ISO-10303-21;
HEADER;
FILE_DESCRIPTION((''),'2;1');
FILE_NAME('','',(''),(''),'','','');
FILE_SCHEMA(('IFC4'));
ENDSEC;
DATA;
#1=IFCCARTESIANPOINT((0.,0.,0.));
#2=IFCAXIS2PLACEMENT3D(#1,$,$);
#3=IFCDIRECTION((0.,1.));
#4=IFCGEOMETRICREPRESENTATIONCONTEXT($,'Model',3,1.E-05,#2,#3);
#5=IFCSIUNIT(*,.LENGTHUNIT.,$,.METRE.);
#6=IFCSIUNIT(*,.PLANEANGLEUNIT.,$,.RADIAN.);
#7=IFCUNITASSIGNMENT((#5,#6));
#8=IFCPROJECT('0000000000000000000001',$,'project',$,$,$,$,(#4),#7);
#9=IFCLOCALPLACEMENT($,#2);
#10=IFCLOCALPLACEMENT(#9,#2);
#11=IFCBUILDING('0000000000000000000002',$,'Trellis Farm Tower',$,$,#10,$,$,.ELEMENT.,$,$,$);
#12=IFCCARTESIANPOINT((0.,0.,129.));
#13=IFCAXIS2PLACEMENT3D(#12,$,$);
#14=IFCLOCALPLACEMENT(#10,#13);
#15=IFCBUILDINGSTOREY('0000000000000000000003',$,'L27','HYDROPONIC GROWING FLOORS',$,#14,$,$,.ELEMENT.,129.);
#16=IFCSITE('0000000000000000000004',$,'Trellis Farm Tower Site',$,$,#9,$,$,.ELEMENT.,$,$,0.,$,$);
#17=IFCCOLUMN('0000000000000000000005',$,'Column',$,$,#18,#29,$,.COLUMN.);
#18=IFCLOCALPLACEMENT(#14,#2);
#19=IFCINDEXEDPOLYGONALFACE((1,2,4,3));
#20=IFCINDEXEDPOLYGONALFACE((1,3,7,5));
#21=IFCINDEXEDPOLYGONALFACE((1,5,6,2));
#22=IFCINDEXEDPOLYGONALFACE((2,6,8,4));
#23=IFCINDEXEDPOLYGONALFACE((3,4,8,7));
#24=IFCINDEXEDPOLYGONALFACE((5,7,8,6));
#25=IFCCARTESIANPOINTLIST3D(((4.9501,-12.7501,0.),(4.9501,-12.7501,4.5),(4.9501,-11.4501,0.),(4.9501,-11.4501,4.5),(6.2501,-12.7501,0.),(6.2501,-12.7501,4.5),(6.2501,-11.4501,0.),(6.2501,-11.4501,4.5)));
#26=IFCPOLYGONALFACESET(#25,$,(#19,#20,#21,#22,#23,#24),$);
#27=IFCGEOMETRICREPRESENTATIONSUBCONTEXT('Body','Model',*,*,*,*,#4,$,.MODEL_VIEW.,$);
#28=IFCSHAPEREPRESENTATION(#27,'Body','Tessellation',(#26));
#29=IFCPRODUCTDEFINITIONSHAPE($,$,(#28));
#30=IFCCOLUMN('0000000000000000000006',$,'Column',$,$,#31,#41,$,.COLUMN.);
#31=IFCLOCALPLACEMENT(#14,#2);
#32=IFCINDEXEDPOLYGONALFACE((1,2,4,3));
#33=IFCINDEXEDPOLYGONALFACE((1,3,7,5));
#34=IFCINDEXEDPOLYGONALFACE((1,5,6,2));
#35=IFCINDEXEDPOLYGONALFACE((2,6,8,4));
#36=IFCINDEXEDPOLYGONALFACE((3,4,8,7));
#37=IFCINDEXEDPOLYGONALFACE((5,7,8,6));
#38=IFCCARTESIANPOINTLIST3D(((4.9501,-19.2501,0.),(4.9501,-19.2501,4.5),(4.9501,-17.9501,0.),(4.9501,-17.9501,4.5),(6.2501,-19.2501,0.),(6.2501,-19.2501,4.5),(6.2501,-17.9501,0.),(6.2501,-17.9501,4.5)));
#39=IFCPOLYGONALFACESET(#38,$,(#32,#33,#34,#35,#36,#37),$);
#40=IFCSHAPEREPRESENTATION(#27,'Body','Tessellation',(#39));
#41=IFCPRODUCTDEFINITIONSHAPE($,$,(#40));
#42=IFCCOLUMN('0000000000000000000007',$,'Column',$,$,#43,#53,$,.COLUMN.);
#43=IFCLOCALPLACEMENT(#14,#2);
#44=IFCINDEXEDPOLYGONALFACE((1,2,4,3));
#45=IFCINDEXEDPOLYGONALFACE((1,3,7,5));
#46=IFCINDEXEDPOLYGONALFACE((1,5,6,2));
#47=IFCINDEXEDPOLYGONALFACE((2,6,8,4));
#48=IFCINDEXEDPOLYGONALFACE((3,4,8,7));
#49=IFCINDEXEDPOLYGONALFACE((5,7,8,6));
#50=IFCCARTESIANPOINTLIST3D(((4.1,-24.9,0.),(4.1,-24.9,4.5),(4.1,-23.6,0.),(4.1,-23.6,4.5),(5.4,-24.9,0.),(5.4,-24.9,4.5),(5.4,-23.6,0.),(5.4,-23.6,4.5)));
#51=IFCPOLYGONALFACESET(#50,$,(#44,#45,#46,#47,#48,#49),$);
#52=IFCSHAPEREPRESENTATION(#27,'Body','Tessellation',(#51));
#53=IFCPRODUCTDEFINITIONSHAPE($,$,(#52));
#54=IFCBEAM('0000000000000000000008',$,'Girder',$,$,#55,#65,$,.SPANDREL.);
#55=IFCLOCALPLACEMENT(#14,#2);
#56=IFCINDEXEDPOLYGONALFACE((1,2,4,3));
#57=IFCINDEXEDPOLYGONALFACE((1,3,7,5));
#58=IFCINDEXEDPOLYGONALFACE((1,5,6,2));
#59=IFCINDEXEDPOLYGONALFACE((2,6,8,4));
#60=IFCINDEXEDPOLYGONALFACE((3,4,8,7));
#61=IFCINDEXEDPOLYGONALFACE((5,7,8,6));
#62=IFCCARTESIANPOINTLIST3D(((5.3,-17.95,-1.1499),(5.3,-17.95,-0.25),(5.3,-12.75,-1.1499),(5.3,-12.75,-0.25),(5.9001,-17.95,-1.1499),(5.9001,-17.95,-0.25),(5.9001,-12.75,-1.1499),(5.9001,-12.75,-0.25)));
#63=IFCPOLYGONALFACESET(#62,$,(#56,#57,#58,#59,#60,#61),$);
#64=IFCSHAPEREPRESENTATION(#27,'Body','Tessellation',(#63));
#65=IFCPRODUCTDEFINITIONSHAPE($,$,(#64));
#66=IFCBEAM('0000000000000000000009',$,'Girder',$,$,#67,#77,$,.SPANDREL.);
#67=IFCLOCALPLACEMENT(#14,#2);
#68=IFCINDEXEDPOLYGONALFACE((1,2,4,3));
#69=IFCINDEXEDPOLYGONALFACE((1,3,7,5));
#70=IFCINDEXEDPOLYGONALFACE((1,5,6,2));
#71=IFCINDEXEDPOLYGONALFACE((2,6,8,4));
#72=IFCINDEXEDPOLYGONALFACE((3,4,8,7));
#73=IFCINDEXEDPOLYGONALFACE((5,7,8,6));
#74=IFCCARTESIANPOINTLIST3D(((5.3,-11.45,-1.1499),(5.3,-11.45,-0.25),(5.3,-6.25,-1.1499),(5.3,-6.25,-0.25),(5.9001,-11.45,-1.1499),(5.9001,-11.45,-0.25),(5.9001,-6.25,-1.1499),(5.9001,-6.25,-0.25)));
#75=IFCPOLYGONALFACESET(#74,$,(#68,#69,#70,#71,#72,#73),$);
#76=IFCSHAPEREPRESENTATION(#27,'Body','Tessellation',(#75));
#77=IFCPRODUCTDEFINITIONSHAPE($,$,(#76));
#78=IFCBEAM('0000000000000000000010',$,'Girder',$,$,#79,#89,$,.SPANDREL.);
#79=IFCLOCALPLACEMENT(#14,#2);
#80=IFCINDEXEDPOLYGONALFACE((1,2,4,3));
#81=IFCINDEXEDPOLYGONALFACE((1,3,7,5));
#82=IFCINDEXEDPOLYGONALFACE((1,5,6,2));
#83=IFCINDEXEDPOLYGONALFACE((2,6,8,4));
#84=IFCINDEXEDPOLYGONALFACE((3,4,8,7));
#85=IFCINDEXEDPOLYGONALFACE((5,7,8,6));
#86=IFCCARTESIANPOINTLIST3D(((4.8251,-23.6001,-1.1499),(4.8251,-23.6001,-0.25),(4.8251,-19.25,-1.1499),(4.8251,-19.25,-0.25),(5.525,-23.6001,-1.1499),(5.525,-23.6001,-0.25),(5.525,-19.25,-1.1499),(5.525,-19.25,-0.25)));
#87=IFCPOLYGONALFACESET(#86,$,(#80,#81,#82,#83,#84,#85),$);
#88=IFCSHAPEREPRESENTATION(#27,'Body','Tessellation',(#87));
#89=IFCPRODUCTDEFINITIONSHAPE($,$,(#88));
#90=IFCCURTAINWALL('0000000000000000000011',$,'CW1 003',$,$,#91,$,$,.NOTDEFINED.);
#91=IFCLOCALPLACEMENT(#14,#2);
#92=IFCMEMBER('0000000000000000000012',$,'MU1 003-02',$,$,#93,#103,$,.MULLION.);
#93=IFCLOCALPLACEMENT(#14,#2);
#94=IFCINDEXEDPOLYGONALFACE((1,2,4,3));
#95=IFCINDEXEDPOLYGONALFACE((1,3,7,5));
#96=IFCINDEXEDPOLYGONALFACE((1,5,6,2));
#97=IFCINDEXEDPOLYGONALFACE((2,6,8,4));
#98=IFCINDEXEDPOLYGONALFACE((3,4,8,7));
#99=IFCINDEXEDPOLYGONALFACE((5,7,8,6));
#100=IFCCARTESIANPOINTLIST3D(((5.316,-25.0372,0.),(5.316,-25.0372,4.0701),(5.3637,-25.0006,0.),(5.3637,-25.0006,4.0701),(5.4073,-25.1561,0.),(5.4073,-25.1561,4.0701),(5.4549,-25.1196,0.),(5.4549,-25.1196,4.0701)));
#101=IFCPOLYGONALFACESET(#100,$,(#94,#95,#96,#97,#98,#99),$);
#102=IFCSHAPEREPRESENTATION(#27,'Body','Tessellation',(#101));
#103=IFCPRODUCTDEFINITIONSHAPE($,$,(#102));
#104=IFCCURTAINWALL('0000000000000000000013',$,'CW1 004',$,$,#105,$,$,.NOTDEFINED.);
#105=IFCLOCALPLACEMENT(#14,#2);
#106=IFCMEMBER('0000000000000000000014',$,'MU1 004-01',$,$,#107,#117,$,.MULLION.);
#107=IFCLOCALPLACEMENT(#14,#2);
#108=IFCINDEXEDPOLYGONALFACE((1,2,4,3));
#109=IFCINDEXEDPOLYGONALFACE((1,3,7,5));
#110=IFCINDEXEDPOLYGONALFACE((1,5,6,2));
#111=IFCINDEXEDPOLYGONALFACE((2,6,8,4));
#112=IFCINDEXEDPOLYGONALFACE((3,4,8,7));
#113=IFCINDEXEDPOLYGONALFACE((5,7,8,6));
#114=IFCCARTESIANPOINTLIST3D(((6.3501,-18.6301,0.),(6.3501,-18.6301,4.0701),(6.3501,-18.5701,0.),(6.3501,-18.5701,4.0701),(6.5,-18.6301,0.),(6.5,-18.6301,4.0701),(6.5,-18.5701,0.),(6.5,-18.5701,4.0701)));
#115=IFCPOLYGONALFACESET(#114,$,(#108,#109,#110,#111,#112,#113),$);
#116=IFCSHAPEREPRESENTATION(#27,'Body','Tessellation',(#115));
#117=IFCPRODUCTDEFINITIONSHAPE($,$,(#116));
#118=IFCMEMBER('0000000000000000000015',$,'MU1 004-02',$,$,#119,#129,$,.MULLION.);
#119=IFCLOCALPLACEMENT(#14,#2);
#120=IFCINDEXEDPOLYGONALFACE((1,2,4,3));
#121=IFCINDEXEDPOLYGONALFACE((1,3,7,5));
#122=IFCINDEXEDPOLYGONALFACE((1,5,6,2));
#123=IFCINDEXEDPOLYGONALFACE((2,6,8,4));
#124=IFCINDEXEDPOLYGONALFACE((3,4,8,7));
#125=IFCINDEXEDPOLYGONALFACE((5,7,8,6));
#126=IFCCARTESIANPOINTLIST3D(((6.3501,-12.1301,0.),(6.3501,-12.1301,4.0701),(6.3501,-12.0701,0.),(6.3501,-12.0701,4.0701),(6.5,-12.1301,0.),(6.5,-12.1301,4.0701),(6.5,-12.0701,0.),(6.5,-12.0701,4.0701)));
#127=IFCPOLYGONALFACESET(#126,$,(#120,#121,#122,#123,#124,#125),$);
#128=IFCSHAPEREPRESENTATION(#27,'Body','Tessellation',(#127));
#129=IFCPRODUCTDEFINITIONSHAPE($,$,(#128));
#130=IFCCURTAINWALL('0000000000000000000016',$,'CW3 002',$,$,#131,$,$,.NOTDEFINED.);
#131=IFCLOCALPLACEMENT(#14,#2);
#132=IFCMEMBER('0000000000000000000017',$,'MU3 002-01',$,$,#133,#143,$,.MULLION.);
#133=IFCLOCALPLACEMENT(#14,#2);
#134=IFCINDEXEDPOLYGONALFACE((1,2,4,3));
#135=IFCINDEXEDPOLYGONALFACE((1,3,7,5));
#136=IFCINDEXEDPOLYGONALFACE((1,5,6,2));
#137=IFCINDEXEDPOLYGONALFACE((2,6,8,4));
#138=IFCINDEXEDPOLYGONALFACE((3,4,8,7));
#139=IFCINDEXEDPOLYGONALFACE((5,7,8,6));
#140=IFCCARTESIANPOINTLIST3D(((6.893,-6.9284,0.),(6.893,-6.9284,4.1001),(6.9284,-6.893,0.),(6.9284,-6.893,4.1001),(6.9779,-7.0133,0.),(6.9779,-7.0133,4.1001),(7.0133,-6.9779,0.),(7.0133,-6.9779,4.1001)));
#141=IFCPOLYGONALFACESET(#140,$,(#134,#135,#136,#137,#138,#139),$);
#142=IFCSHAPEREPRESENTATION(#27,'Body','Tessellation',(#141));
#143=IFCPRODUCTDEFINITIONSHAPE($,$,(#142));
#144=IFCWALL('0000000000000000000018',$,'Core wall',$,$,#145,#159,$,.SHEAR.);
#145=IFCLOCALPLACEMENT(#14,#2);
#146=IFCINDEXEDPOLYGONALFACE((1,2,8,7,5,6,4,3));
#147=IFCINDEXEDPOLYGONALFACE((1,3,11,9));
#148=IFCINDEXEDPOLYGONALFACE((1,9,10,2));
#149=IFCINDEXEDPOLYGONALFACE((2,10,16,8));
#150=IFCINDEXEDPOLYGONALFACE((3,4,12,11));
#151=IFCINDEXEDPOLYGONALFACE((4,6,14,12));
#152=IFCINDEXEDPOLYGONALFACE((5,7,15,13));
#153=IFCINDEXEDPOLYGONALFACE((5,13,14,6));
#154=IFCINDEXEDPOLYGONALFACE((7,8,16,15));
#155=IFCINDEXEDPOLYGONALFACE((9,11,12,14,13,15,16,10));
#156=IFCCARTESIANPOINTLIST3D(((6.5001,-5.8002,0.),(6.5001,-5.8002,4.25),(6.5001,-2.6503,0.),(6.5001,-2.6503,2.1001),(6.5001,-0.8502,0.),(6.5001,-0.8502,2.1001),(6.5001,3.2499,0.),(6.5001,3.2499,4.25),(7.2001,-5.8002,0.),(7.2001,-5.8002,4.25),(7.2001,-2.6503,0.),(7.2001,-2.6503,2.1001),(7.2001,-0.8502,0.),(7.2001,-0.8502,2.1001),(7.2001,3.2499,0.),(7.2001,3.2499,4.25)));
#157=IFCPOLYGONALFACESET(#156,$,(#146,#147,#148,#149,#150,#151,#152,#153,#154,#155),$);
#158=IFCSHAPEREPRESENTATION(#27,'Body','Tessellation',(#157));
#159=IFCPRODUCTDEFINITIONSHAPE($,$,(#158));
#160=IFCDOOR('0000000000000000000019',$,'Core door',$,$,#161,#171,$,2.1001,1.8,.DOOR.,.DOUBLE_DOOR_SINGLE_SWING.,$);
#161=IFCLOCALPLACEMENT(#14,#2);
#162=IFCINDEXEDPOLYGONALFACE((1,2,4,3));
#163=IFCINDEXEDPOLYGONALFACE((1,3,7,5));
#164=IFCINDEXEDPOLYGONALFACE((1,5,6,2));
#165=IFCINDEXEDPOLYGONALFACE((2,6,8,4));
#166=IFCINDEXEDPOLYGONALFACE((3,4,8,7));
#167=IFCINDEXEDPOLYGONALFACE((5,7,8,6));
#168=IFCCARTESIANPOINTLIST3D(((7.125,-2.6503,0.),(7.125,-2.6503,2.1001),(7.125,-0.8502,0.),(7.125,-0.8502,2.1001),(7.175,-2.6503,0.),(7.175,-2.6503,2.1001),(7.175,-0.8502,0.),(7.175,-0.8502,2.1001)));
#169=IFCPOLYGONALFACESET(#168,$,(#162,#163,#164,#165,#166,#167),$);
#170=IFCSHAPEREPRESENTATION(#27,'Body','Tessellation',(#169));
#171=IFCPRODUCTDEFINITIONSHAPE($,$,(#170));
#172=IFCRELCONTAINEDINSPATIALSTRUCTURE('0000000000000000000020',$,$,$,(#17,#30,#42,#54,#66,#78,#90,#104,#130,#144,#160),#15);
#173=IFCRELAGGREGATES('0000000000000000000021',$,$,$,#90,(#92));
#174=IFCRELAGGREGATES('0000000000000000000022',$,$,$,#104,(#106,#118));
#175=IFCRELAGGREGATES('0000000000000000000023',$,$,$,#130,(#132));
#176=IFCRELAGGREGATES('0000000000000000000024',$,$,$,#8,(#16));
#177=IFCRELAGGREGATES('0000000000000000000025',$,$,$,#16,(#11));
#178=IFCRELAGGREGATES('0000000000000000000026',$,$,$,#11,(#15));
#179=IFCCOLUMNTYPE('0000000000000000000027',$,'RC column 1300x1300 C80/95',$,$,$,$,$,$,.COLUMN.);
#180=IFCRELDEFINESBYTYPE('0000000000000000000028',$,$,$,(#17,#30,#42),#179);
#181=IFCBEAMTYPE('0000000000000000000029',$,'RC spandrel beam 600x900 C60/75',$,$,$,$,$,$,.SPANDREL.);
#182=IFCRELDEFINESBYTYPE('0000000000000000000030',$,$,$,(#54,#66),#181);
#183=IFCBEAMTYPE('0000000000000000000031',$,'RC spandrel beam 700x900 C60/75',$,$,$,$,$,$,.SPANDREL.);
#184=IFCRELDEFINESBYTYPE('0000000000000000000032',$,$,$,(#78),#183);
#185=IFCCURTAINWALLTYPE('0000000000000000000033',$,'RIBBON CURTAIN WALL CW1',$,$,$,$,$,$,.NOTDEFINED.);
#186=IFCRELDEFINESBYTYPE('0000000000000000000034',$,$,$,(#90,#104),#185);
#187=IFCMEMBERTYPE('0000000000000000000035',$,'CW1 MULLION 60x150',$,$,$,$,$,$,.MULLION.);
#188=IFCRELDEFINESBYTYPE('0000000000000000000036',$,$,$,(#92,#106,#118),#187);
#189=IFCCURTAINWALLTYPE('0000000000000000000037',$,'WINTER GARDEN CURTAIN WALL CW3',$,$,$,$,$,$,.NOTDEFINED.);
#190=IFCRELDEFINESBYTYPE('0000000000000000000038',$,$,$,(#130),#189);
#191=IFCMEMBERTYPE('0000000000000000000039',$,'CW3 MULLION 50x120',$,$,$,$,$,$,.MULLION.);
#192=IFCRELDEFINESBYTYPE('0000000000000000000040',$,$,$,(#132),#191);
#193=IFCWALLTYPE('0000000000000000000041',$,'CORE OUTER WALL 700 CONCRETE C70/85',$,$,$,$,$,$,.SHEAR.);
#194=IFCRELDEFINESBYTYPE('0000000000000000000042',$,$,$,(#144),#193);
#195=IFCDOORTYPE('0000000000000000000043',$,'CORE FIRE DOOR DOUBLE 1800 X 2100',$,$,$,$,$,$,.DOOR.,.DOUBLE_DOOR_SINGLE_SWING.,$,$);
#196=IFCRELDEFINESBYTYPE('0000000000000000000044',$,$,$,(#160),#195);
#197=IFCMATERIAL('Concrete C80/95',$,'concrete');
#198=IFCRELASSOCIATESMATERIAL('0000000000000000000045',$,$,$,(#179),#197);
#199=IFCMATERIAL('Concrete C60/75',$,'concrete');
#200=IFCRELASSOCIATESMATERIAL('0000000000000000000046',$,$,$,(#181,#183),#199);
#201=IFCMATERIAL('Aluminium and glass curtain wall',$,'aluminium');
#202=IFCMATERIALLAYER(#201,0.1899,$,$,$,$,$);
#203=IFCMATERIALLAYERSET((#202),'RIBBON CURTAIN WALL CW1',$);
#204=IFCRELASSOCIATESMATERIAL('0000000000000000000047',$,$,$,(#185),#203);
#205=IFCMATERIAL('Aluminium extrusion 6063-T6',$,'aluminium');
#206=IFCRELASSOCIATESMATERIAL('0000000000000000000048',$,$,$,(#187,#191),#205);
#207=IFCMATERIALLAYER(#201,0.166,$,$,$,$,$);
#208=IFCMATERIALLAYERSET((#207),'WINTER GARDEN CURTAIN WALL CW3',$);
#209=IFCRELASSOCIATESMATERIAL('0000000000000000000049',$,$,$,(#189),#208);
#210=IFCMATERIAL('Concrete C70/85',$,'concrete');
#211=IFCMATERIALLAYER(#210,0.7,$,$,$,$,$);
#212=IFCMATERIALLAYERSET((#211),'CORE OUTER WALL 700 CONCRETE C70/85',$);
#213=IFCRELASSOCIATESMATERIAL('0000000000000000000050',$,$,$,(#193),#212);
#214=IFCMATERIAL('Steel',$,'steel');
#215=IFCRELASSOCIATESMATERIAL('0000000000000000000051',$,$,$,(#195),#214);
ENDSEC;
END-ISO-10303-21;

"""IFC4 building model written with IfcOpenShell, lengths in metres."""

from ifc_helpers import new_model, si_unit, direction, frame, frame_2d, origin, origin_2d, place, context, subcontext, project, spatial, rectangle, extrude, source, transform, mapped, material, layer, layer_set, material_profile, profile_set, type_object, element, fill, aggregate, save


model = new_model("IFC4")

# Units and contexts
model_context = context("Model", 3, precision=1e-05, world=origin(), true_north=direction((0.0, 1.0)))
body_context = subcontext(model_context, "Body", "Model", "MODEL_VIEW")
ifc_project = project(units=[si_unit("LENGTHUNIT", "METRE"), si_unit("PLANEANGLEUNIT", "RADIAN")], contexts=[model_context])

# Site, building, storey
site_placement = place(None, origin())
site = spatial("IfcSite", under=ifc_project, at=site_placement, Name="Trellis Farm Tower Site", CompositionType="ELEMENT", RefElevation=0.0)
building_placement = place(site_placement, origin())
building = spatial("IfcBuilding", under=site, at=building_placement, Name="Trellis Farm Tower", CompositionType="ELEMENT")
storey_placement = place(building_placement, frame((0.0, 0.0, 129.0)))
storey = spatial("IfcBuildingStorey", under=building, at=storey_placement, Name="L27", Description="HYDROPONIC GROWING FLOORS", CompositionType="ELEMENT", Elevation=129.0)

# Columns
ifc_material_1 = material(Name="Concrete C80/95", Category="concrete")
ifc_material_profile_1 = material_profile(ifc_material_1, rectangle(XDim=1.3, YDim=1.3, at=origin_2d()), Name="RC column 1300x1300 C80/95")
ifc_profile_set_1 = profile_set([ifc_material_profile_1], Name="Concrete C80/95")
column_type = type_object("IfcColumnType", Name="RC column 1300x1300 C80/95", PredefinedType="COLUMN", material=ifc_profile_set_1)
shared_shape_1 = source(origin(), body_context, "Body", "SweptSolid", [
    extrude(rectangle(XDim=1.3, YDim=1.3, at=origin_2d()), origin(), (0.0, 0.0, 1.0), 4.5),
])
for number, where, z_axis, x_axis, name in (
    (1, (5.6001, -12.1001, 0.0), (0.0, 0.0, 1.0), (1.0, 0.0, 0.0), "Column"),
    (2, (5.6001, -18.6001, 0.0), (0.0, 0.0, 1.0), (1.0, 0.0, 0.0), "Column"),
    (3, (4.75, -24.25, 0.0), (0.0, 0.0, 1.0), (1.0, 0.0, 0.0), "Column"),
):
    element("IfcColumn", number, at=place(storey_placement, frame(where, z_axis=z_axis, x_axis=x_axis)), inside=storey, type_object=column_type, Name=name, PredefinedType="COLUMN", context=body_context, shape_type="MappedRepresentation", body=[
        mapped(shared_shape_1, transform((0.0, 0.0, 0.0))),
    ])

# Beams
ifc_material_2 = material(Name="Concrete C60/75", Category="concrete")
ifc_material_profile_2 = material_profile(ifc_material_2, rectangle(XDim=0.6001, YDim=0.8999, at=origin_2d()), Name="RC spandrel beam 600x900 C60/75")
ifc_profile_set_2 = profile_set([ifc_material_profile_2], Name="Concrete C60/75")
beam_type_1 = type_object("IfcBeamType", Name="RC spandrel beam 600x900 C60/75", PredefinedType="SPANDREL", material=ifc_profile_set_2)
shared_shape_2 = source(origin(), body_context, "Body", "SweptSolid", [
    extrude(rectangle(XDim=0.6001, YDim=0.8999, at=origin_2d()), origin(), (0.0, 0.0, 1.0), 5.2),
])
for number, where, z_axis, x_axis, name in (
    (4, (5.6001, -17.95, -0.7), (0.0, 1.0, 0.0), (-1.0, 0.0, 0.0), "Girder"),
    (5, (5.6001, -11.45, -0.7), (0.0, 1.0, 0.0), (-1.0, 0.0, 0.0), "Girder"),
):
    element("IfcBeam", number, at=place(storey_placement, frame(where, z_axis=z_axis, x_axis=x_axis)), inside=storey, type_object=beam_type_1, Name=name, PredefinedType="SPANDREL", context=body_context, shape_type="MappedRepresentation", body=[
        mapped(shared_shape_2, transform((0.0, 0.0, 0.0))),
    ])
ifc_material_profile_3 = material_profile(ifc_material_2, rectangle(XDim=0.7, YDim=0.8999, at=origin_2d()), Name="RC spandrel beam 700x900 C60/75")
ifc_profile_set_3 = profile_set([ifc_material_profile_3], Name="Concrete C60/75")
beam_type_2 = type_object("IfcBeamType", Name="RC spandrel beam 700x900 C60/75", PredefinedType="SPANDREL", material=ifc_profile_set_3)
shared_shape_3 = source(origin(), body_context, "Body", "SweptSolid", [
    extrude(rectangle(XDim=0.7, YDim=0.8999, at=origin_2d()), origin(), (0.0, 0.0, 1.0), 4.3501),
])
beam_placement = place(storey_placement, frame((5.175, -23.6001, -0.7), z_axis=(0.0, 1.0, 0.0), x_axis=(-1.0, 0.0, 0.0)))
element("IfcBeam", 6, at=beam_placement, inside=storey, type_object=beam_type_2, Name="Girder", PredefinedType="SPANDREL", context=body_context, shape_type="MappedRepresentation", body=[
    mapped(shared_shape_3, transform((0.0, 0.0, 0.0))),
])

# Curtain wall, member
ifc_material_3 = material(Name="Aluminium and glass curtain wall", Category="aluminium")
ifc_layer_1 = layer(ifc_material_3, 0.1899)
ifc_layer_set_1 = layer_set([ifc_layer_1], Name="RIBBON CURTAIN WALL CW1")
curtain_wall_type_1 = type_object("IfcCurtainWallType", Name="RIBBON CURTAIN WALL CW1", PredefinedType="NOTDEFINED", material=ifc_layer_set_1)
placement = place(storey_placement, origin())
curtain_wall_1 = element("IfcCurtainWall", 7, at=placement, inside=storey, type_object=curtain_wall_type_1, Name="CW1 003", PredefinedType="NOTDEFINED")
ifc_material_4 = material(Name="Aluminium extrusion 6063-T6", Category="aluminium")
ifc_material_profile_4 = material_profile(ifc_material_4, rectangle(XDim=0.0601, YDim=0.1499, at=origin_2d()), Name="MULLION 60x150")
ifc_profile_set_4 = profile_set([ifc_material_profile_4], Name="Aluminium extrusion 6063-T6")
member_type_1 = type_object("IfcMemberType", Name="CW1 MULLION 60x150", PredefinedType="MULLION", material=ifc_profile_set_4)
shared_shape_4 = source(origin(), body_context, "Body", "SweptSolid", [
    extrude(rectangle(XDim=0.0601, YDim=0.1499, at=origin_2d()), origin(), (0.0, 0.0, 1.0), 4.0701),
])
member_1_placement = place(storey_placement, frame((5.3855, -25.0784, 0.0), z_axis=(0.0, 0.0, 1.0), x_axis=(0.793353, 0.608761, 0.0)))
member_1 = element("IfcMember", 8, at=member_1_placement, type_object=member_type_1, Name="MU1 003-02", PredefinedType="MULLION", context=body_context, shape_type="MappedRepresentation", body=[
    mapped(shared_shape_4, transform((0.0, 0.0, 0.0))),
])
aggregate(curtain_wall_1, [member_1])

# Curtain wall, members
curtain_wall_2 = element("IfcCurtainWall", 9, at=placement, inside=storey, type_object=curtain_wall_type_1, Name="CW1 004", PredefinedType="NOTDEFINED")
member_2_placement = place(storey_placement, frame((6.425, -18.6001, 0.0), z_axis=(0.0, 0.0, 1.0), x_axis=(0.0, 1.0, 0.0)))
member_2 = element("IfcMember", 10, at=member_2_placement, type_object=member_type_1, Name="MU1 004-01", PredefinedType="MULLION", context=body_context, shape_type="MappedRepresentation", body=[
    mapped(shared_shape_4, transform((0.0, 0.0, 0.0))),
])
member_3_placement = place(storey_placement, frame((6.425, -12.1001, 0.0), z_axis=(0.0, 0.0, 1.0), x_axis=(0.0, 1.0, 0.0)))
member_3 = element("IfcMember", 11, at=member_3_placement, type_object=member_type_1, Name="MU1 004-02", PredefinedType="MULLION", context=body_context, shape_type="MappedRepresentation", body=[
    mapped(shared_shape_4, transform((0.0, 0.0, 0.0))),
])
aggregate(curtain_wall_2, [member_2, member_3])

# Curtain wall, member
ifc_layer_2 = layer(ifc_material_3, 0.166)
ifc_layer_set_2 = layer_set([ifc_layer_2], Name="WINTER GARDEN CURTAIN WALL CW3")
curtain_wall_type_2 = type_object("IfcCurtainWallType", Name="WINTER GARDEN CURTAIN WALL CW3", PredefinedType="NOTDEFINED", material=ifc_layer_set_2)
curtain_wall_3 = element("IfcCurtainWall", 12, at=placement, inside=storey, type_object=curtain_wall_type_2, Name="CW3 002", PredefinedType="NOTDEFINED")
ifc_material_profile_5 = material_profile(ifc_material_4, rectangle(XDim=0.05, YDim=0.1201, at=origin_2d()), Name="MULLION 50x120")
ifc_profile_set_5 = profile_set([ifc_material_profile_5], Name="Aluminium extrusion 6063-T6")
member_type_2 = type_object("IfcMemberType", Name="CW3 MULLION 50x120", PredefinedType="MULLION", material=ifc_profile_set_5)
shared_shape_5 = source(origin(), body_context, "Body", "SweptSolid", [
    extrude(rectangle(XDim=0.05, YDim=0.1201, at=origin_2d()), origin(), (0.0, 0.0, 1.0), 4.1001),
])
member_4_placement = place(storey_placement, frame((6.9531, -6.9531, 0.0), z_axis=(0.0, 0.0, 1.0), x_axis=(0.707107, 0.707107, 0.0)))
member_4 = element("IfcMember", 13, at=member_4_placement, type_object=member_type_2, Name="MU3 002-01", PredefinedType="MULLION", context=body_context, shape_type="MappedRepresentation", body=[
    mapped(shared_shape_5, transform((0.0, 0.0, 0.0))),
])
aggregate(curtain_wall_3, [member_4])

# Wall, opening, door
ifc_material_5 = material(Name="Concrete C70/85", Category="concrete")
ifc_layer_3 = layer(ifc_material_5, 0.7)
ifc_layer_set_3 = layer_set([ifc_layer_3], Name="CORE OUTER WALL 700 CONCRETE C70/85")
wall_type_1 = type_object("IfcWallType", Name="CORE OUTER WALL 700 CONCRETE C70/85", PredefinedType="SHEAR", material=ifc_layer_set_3)
shared_shape_6 = source(origin(), body_context, "Body", "SweptSolid", [
    extrude(rectangle(XDim=9.05, YDim=0.7, at=frame_2d((4.5249, 0.0))), origin(), (0.0, 0.0, 1.0), 4.25),
])
wall_1_placement = place(storey_placement, frame((6.8501, -5.8, 0.0), z_axis=(0.0, 0.0, 1.0), x_axis=(0.0, 1.0, 0.0)))
wall_1 = element("IfcWall", 14, at=wall_1_placement, inside=storey, type_object=wall_type_1, Name="Core wall", PredefinedType="SHEAR", context=body_context, shape_type="MappedRepresentation", body=[
    mapped(shared_shape_6, transform((0.0, 0.0, 0.0))),
])
shared_shape_7 = source(origin(), body_context, "Body", "SweptSolid", [
    extrude(rectangle(XDim=1.8, YDim=2.1001, at=frame_2d((0.8999, 1.05))), frame((0.0, 0.3601, 0.0), z_axis=(0.0, -1.0, 0.0), x_axis=(1.0, 0.0, 0.0)), (0.0, 0.0, 1.0), 0.7202),
])
opening_1_placement = place(wall_1_placement, frame((3.1499, 0.0, 0.0)))
opening_1 = element("IfcOpeningElement", 15, at=opening_1_placement, cuts=wall_1, PredefinedType="OPENING", context=body_context, shape_type="MappedRepresentation", body=[
    mapped(shared_shape_7, transform((0.0, 0.0, 0.0))),
])
ifc_material_6 = material(Name="Steel", Category="steel")
door_type_1 = type_object("IfcDoorType", Name="CORE FIRE DOOR DOUBLE 1800 X 2100", OperationType="DOUBLE_DOOR_SINGLE_SWING", PredefinedType="DOOR", material=ifc_material_6)
shared_shape_8 = source(origin(), body_context, "Body", "SweptSolid", [
    extrude(rectangle(XDim=1.8, YDim=2.1001, at=frame_2d((0.8999, 1.05))), frame((0.0, -0.2749, 0.0), z_axis=(0.0, -1.0, 0.0), x_axis=(1.0, 0.0, 0.0)), (0.0, 0.0, 1.0), 0.05),
])
door_1_placement = place(opening_1_placement, origin())
door_1 = element("IfcDoor", 16, at=door_1_placement, inside=storey, type_object=door_type_1, Name="Core door", OperationType="DOUBLE_DOOR_SINGLE_SWING", OverallHeight=2.1001, OverallWidth=1.8, PredefinedType="DOOR", context=body_context, shape_type="MappedRepresentation", body=[
    mapped(shared_shape_8, transform((0.0, 0.0, 0.0))),
])
fill(opening_1, door_1)

save(model, "model.ifc")
